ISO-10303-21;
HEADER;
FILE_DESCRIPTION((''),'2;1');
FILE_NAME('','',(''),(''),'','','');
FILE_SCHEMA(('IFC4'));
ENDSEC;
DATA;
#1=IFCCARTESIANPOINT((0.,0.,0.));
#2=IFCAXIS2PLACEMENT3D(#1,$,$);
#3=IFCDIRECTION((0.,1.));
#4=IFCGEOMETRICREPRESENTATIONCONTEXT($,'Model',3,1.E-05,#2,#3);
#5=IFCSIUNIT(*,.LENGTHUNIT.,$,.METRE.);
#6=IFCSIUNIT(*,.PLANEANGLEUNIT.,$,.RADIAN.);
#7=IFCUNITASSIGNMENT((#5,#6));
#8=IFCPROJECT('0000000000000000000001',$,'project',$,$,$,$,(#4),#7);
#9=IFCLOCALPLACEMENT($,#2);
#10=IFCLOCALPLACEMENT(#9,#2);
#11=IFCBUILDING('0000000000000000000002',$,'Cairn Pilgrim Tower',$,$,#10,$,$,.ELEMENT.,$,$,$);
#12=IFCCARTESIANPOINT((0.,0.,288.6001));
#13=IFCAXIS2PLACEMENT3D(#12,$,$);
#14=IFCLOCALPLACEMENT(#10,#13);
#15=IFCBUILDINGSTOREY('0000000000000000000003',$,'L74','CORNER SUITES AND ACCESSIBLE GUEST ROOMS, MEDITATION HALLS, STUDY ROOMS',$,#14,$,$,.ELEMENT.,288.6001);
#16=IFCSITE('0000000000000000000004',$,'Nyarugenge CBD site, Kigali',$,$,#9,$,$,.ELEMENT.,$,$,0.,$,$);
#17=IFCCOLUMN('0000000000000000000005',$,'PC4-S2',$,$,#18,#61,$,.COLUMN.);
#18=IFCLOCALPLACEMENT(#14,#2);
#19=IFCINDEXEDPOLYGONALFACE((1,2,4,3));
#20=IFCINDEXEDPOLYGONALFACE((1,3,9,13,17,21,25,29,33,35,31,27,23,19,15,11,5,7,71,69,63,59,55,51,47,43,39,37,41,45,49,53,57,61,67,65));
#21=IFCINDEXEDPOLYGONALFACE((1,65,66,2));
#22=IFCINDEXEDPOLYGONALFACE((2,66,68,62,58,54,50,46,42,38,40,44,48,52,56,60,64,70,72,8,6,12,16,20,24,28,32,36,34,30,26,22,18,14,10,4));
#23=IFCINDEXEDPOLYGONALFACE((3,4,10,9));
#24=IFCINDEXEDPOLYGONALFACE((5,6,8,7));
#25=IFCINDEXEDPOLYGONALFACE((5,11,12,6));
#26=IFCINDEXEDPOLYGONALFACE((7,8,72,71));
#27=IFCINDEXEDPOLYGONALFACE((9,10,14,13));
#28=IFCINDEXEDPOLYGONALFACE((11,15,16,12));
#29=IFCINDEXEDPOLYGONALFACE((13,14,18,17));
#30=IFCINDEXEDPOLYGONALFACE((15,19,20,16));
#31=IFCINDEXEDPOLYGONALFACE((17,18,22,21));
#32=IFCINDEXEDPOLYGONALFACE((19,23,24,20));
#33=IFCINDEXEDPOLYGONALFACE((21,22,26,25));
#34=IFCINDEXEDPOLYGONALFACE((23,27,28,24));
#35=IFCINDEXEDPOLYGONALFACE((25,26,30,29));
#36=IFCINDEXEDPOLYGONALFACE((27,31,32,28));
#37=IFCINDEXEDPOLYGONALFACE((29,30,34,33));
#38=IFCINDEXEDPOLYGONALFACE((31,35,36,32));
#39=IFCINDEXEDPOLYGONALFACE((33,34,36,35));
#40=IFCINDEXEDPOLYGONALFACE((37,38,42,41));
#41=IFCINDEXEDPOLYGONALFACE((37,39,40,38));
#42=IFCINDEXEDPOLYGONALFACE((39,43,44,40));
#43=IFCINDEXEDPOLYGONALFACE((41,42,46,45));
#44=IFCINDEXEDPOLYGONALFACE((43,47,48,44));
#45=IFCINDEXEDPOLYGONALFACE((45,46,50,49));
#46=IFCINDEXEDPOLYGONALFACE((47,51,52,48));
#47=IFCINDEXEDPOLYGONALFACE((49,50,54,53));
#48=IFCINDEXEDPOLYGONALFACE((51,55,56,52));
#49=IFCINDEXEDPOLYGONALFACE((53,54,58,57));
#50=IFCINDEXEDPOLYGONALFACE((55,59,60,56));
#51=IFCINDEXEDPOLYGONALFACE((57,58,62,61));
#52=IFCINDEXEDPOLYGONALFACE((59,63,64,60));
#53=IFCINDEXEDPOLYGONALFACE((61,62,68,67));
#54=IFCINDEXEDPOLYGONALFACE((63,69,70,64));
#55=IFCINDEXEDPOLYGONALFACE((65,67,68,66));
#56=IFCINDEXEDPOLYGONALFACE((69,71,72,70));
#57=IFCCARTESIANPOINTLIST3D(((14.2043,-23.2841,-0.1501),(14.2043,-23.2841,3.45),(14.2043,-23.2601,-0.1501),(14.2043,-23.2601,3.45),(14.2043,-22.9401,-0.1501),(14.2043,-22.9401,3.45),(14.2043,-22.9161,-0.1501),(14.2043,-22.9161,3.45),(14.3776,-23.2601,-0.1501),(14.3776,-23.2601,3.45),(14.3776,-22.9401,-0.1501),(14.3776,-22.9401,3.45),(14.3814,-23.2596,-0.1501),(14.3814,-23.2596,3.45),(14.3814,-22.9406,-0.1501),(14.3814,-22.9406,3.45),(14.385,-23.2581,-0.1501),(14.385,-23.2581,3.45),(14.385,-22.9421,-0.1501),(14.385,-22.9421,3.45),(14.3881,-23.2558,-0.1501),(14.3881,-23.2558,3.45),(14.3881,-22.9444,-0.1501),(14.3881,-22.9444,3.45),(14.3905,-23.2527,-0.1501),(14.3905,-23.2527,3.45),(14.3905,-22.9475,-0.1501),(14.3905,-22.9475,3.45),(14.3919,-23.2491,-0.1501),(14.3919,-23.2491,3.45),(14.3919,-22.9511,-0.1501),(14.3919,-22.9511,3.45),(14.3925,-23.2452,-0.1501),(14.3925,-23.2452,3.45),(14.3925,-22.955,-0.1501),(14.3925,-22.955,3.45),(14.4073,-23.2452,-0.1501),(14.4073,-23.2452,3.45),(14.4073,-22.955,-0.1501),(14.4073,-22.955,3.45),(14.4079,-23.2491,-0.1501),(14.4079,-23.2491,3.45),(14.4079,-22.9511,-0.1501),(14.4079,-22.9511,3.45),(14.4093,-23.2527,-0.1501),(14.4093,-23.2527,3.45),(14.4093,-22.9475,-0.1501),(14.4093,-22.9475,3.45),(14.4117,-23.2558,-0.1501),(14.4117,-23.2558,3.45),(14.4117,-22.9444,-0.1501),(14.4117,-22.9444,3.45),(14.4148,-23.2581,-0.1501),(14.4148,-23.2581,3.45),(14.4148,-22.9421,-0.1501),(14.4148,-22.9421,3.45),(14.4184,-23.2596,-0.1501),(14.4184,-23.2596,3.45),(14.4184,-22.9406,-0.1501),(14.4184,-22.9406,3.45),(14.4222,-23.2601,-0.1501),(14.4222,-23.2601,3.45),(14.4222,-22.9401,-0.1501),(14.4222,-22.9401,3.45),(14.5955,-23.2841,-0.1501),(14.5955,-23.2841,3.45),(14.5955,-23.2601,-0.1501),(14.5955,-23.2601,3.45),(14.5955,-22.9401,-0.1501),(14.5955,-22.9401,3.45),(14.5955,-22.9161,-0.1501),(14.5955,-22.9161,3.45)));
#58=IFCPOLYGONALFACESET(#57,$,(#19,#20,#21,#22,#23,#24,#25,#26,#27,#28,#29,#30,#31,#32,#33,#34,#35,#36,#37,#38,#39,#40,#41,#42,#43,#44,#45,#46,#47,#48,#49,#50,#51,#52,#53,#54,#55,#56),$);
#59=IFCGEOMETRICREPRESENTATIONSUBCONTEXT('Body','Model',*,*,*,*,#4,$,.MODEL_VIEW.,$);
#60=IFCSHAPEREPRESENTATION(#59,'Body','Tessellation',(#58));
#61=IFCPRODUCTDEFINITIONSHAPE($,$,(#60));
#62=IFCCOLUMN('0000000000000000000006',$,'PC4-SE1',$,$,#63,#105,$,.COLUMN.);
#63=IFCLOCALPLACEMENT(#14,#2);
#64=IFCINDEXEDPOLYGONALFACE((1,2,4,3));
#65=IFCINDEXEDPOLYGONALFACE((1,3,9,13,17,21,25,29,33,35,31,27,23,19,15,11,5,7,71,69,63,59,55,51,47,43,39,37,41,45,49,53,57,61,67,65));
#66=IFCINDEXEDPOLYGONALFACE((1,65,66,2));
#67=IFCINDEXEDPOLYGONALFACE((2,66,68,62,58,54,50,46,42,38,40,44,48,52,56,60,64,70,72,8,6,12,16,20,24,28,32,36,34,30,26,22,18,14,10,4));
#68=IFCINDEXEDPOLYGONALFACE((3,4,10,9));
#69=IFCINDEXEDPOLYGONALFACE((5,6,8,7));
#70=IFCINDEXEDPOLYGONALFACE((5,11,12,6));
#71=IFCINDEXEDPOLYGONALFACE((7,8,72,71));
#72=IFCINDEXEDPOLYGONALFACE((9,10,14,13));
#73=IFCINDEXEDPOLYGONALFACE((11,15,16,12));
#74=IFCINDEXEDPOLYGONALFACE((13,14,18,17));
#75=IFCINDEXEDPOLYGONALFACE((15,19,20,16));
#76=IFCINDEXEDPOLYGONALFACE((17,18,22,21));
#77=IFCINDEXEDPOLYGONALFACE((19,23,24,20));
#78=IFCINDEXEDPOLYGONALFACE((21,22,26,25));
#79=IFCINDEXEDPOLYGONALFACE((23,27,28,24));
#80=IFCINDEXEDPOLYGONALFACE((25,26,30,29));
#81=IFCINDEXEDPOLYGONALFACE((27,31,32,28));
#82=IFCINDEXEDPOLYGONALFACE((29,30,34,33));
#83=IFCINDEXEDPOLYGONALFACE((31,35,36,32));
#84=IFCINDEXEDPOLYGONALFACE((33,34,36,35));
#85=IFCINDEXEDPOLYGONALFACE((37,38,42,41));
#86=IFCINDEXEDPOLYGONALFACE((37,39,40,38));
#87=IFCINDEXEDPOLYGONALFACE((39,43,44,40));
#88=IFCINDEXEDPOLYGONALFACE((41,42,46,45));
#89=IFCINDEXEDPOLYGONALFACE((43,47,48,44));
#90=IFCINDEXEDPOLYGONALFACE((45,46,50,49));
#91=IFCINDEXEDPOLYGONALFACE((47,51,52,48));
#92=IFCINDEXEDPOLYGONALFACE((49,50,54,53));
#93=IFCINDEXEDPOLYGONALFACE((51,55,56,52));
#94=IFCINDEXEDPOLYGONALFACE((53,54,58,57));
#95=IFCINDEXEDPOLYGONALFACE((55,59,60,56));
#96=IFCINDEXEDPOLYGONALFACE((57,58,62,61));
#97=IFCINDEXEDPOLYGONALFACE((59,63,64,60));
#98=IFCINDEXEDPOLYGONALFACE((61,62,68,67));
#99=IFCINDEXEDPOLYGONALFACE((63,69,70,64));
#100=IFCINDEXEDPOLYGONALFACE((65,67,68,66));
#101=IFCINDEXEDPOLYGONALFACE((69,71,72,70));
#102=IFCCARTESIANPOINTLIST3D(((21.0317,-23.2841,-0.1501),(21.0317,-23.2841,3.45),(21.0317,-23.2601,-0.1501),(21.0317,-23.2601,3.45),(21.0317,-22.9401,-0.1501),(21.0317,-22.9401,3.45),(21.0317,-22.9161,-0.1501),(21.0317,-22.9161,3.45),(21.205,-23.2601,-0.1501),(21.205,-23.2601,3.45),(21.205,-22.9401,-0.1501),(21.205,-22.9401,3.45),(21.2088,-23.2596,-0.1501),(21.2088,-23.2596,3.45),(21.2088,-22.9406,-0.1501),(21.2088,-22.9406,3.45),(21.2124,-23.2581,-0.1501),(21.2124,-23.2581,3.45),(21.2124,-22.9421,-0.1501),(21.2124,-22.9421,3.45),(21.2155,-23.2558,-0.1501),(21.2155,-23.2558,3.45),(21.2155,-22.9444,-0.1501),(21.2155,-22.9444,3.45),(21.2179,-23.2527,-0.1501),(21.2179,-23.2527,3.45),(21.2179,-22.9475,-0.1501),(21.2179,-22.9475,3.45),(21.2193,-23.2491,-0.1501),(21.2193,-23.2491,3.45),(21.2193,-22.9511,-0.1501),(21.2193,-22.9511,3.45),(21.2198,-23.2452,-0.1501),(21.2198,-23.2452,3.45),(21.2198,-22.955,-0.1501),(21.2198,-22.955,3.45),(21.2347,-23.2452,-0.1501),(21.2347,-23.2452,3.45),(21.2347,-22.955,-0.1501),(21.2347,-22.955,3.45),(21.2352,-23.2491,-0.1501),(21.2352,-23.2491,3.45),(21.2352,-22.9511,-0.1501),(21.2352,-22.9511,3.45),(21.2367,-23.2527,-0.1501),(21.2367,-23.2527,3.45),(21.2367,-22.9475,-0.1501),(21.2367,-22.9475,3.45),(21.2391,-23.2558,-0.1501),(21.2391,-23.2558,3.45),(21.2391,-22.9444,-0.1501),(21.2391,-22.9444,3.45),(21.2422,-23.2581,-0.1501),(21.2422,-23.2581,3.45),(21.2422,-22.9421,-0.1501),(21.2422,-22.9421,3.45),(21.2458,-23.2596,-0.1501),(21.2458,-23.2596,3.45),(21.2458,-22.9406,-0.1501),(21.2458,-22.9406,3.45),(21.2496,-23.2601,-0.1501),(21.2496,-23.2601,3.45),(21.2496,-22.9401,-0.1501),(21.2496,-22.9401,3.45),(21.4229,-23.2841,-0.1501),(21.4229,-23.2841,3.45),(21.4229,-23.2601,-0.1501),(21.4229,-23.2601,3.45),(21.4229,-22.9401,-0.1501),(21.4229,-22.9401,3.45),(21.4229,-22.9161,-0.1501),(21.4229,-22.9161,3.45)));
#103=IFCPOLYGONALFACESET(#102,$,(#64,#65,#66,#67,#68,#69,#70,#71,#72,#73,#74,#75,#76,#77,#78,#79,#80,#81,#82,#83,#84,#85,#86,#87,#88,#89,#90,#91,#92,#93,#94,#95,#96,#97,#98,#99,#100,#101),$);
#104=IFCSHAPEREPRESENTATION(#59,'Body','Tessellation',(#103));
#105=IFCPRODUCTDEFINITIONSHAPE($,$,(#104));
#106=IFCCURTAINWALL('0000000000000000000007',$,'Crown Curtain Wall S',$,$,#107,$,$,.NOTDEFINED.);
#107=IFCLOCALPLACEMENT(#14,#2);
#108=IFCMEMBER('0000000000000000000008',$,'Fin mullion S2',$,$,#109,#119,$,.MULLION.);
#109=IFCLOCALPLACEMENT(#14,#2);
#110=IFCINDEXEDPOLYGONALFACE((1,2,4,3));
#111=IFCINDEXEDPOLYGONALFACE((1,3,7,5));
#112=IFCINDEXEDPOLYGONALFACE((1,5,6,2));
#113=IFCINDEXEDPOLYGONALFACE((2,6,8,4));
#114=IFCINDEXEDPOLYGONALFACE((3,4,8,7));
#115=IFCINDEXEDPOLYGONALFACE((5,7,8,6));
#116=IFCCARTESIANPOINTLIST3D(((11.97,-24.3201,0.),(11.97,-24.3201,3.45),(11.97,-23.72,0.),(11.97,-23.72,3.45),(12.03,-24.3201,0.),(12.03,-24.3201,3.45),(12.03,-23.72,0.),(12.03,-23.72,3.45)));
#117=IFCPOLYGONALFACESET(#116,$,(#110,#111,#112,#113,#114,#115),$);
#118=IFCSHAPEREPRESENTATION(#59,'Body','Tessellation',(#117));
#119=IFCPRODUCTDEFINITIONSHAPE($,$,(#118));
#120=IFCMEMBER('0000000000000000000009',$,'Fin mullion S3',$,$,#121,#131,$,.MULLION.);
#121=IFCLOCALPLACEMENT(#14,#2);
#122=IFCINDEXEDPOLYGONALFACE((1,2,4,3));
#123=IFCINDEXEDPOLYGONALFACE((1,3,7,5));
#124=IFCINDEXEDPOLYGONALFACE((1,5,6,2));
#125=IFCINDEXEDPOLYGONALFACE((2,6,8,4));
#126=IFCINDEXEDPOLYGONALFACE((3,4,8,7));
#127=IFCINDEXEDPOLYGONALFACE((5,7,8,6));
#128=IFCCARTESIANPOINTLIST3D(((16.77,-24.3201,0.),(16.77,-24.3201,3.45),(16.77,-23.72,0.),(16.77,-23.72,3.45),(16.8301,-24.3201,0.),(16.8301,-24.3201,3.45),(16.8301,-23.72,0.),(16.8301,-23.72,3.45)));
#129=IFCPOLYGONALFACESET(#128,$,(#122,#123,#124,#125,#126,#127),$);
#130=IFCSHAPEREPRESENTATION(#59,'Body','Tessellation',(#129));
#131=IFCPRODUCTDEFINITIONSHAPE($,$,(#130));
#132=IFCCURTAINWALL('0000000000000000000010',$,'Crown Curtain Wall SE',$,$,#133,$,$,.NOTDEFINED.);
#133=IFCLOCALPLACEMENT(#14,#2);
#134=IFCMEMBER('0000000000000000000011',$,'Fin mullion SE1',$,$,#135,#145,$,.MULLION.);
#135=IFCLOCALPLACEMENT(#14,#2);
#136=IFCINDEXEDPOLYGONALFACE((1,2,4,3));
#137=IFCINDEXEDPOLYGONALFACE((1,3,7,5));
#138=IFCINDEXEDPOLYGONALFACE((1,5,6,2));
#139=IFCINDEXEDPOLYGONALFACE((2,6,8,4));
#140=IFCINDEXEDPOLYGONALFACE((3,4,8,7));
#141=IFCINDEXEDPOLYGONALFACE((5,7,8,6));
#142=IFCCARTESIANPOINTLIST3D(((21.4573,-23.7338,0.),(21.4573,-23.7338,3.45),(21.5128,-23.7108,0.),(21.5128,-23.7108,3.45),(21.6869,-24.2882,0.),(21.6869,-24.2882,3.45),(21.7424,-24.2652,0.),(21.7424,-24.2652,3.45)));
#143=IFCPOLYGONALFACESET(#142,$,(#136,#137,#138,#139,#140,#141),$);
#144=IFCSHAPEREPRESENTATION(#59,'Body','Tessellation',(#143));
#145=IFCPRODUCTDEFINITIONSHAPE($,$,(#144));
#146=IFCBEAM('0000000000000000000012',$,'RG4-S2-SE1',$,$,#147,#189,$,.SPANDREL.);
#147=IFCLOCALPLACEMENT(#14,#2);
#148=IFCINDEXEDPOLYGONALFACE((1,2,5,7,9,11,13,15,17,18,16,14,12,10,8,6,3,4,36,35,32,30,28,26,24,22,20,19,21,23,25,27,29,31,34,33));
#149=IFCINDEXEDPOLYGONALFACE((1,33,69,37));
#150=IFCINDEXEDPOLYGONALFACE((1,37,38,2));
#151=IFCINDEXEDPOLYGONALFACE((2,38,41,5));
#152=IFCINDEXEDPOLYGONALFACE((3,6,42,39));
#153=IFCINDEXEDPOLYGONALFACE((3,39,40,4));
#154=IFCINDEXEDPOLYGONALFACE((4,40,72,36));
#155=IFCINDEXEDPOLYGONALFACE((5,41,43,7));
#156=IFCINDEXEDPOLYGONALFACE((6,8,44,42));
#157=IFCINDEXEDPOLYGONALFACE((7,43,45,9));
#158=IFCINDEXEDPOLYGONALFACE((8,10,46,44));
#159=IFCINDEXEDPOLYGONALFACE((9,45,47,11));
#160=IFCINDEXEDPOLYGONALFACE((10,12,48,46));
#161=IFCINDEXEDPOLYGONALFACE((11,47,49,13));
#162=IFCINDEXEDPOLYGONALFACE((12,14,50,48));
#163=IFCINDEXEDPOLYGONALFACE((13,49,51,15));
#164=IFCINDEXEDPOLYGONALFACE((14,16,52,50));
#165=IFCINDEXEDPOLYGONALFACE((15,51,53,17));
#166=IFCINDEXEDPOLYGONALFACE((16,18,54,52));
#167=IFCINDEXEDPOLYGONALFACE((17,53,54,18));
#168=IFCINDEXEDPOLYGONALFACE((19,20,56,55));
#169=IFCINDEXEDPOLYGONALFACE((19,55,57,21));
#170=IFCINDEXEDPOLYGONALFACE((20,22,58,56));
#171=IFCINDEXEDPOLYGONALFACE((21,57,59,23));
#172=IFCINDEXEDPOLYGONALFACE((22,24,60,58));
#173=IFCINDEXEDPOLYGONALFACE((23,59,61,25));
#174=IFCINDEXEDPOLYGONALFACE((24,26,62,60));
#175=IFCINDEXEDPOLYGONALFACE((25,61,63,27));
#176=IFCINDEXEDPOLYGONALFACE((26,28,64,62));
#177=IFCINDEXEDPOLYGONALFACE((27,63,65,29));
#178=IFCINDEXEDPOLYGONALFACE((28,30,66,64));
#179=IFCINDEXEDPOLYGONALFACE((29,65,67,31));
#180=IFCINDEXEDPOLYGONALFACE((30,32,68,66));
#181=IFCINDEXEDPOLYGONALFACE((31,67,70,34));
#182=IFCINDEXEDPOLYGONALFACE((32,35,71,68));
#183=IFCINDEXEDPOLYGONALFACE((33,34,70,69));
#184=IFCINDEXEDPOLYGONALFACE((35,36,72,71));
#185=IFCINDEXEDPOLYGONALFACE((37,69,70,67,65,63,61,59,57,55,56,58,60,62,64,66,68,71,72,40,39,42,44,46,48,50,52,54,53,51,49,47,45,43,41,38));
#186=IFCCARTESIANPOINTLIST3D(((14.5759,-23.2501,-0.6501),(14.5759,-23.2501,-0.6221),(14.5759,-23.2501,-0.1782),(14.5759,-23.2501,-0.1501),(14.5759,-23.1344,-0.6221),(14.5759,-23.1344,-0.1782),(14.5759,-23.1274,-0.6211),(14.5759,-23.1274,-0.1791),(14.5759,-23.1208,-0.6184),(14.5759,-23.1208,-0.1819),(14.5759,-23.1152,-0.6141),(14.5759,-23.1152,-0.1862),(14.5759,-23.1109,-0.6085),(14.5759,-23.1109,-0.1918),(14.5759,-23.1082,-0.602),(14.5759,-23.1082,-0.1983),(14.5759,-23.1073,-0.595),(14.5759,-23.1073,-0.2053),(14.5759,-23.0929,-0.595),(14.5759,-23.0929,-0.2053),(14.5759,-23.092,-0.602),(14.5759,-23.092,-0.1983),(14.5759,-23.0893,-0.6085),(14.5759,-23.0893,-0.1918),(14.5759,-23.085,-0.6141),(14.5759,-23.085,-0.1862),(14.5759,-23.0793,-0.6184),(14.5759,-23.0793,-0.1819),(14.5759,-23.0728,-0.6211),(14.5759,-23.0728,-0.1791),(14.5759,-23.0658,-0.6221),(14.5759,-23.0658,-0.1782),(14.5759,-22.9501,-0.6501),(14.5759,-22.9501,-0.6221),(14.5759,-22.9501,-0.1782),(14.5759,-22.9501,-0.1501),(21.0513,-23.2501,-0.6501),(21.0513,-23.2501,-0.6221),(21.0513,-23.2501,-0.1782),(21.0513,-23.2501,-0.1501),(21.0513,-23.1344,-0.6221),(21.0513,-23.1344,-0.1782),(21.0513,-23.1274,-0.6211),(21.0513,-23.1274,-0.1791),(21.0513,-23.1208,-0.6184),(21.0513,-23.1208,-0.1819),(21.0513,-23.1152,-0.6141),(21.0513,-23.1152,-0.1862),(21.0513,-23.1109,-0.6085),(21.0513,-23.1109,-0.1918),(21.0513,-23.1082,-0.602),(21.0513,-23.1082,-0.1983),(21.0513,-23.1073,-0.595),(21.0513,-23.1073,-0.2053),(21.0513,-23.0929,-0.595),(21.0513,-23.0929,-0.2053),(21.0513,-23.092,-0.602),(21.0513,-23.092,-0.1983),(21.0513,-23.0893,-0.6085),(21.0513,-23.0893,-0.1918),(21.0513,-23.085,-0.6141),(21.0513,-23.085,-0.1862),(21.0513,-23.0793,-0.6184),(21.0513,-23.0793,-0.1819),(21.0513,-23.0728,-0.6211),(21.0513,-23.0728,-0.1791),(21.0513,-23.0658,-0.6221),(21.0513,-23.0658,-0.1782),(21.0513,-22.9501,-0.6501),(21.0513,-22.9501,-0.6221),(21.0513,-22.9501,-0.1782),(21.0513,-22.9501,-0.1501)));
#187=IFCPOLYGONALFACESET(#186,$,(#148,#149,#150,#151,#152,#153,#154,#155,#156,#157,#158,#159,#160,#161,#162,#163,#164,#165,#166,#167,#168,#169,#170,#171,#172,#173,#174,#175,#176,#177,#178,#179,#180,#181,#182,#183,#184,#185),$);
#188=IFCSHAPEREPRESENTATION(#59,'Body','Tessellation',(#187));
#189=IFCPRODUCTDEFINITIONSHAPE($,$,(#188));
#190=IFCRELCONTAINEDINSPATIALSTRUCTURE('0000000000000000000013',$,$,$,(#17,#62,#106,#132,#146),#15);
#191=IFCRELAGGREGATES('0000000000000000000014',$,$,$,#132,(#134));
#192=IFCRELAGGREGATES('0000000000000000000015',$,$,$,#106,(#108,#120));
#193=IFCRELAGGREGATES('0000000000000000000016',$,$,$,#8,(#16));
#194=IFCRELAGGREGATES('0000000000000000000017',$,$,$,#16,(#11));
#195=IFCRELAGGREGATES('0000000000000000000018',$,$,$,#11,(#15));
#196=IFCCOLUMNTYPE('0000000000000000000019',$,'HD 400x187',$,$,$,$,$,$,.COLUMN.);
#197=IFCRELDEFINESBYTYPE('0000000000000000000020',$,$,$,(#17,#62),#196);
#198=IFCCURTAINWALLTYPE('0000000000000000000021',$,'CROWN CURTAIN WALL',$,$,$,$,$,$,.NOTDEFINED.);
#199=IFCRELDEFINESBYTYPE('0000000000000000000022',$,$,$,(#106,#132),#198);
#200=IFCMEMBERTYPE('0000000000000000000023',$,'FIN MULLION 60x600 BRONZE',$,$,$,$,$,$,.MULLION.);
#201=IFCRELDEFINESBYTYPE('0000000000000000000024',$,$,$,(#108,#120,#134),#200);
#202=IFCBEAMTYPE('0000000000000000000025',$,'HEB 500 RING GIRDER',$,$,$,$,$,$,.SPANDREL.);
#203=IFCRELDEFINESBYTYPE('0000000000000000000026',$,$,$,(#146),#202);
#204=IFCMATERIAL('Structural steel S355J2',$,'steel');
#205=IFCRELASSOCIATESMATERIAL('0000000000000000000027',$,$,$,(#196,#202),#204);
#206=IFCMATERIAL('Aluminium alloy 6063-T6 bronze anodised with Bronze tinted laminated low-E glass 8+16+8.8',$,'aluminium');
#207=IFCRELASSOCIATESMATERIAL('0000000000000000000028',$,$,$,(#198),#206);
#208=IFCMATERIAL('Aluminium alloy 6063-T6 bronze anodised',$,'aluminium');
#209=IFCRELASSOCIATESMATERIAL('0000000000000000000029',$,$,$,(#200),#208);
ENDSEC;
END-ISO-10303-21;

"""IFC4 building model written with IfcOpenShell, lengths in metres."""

from ifc_helpers import new_model, si_unit, direction, frame, origin, origin_2d, place, context, subcontext, project, spatial, rectangle, i_section, extrude, material, material_profile, profile_set, type_object, element, aggregate, save


model = new_model("IFC4")

# Units and contexts
model_context = context("Model", 3, precision=1e-05, world=origin(), true_north=direction((0.0, 1.0)))
body_context = subcontext(model_context, "Body", "Model", "MODEL_VIEW")
ifc_project = project(units=[si_unit("LENGTHUNIT", "METRE"), si_unit("PLANEANGLEUNIT", "RADIAN")], contexts=[model_context])

# Site, building, storey
site_placement = place(None, origin())
site = spatial("IfcSite", under=ifc_project, at=site_placement, Name="Nyarugenge CBD site, Kigali", CompositionType="ELEMENT", RefElevation=0.0)
building_placement = place(site_placement, origin())
building = spatial("IfcBuilding", under=site, at=building_placement, Name="Cairn Pilgrim Tower", CompositionType="ELEMENT")
storey_placement = place(building_placement, frame((0.0, 0.0, 288.6001)))
storey = spatial("IfcBuildingStorey", under=building, at=storey_placement, Name="L74", Description="CORNER SUITES AND ACCESSIBLE GUEST ROOMS, MEDITATION HALLS, STUDY ROOMS", CompositionType="ELEMENT", Elevation=288.6001)

# Columns
ifc_material_1 = material(Name="Structural steel S355J2", Category="steel")
ifc_material_profile_1 = material_profile(ifc_material_1, i_section(OverallWidth=0.3911, OverallDepth=0.3679, WebThickness=0.0149, FlangeThickness=0.0239, FilletRadius=0.0149, at=origin_2d()), Name="HD 400x187")
ifc_profile_set_1 = profile_set([ifc_material_profile_1], Name="Structural steel S355J2")
column_type = type_object("IfcColumnType", Name="HD 400x187", PredefinedType="COLUMN", material=ifc_profile_set_1)
for number, where, z_axis, x_axis, name in (
    (1, (14.3999, -23.1001, -0.1501), (0.0, 0.0, 1.0), (1.0, 0.0, 0.0), "PC4-S2"),
    (2, (21.2273, -23.1001, -0.1501), (0.0, 0.0, 1.0), (1.0, 0.0, 0.0), "PC4-SE1"),
):
    element("IfcColumn", number, at=place(storey_placement, frame(where, z_axis=z_axis, x_axis=x_axis)), inside=storey, type_object=column_type, Name=name, PredefinedType="COLUMN", context=body_context, shape_type="SweptSolid", body=[
        extrude(i_section(OverallWidth=0.3911, OverallDepth=0.3679, WebThickness=0.0149, FlangeThickness=0.0239, FilletRadius=0.0149, at=origin_2d()), origin(), (0.0, 0.0, 1.0), 3.6001),
    ])

# Curtain wall, members
ifc_material_2 = material(Name="Aluminium alloy 6063-T6 bronze anodised with Bronze tinted laminated low-E glass 8+16+8.8", Category="aluminium")
curtain_wall_type = type_object("IfcCurtainWallType", Name="CROWN CURTAIN WALL", PredefinedType="NOTDEFINED", material=ifc_material_2)
curtain_wall_1_placement = place(storey_placement, origin())
curtain_wall_1 = element("IfcCurtainWall", 3, at=curtain_wall_1_placement, inside=storey, type_object=curtain_wall_type, Name="Crown Curtain Wall S", PredefinedType="NOTDEFINED")
ifc_material_3 = material(Name="Aluminium alloy 6063-T6 bronze anodised", Category="aluminium")
ifc_material_profile_2 = material_profile(ifc_material_3, rectangle(XDim=0.6001, YDim=0.0601, at=origin_2d()), Name="FIN MULLION 60x600 BRONZE")
ifc_profile_set_2 = profile_set([ifc_material_profile_2], Name="Aluminium alloy 6063-T6 bronze anodised")
member_type_1 = type_object("IfcMemberType", Name="FIN MULLION 60x600 BRONZE", PredefinedType="MULLION", material=ifc_profile_set_2)
member_1_placement = place(storey_placement, frame((12.0, -24.02, 0.0), z_axis=(0.0, 0.0, 1.0), x_axis=(0.0, -1.0, 0.0)))
member_1 = element("IfcMember", 4, at=member_1_placement, type_object=member_type_1, Name="Fin mullion S2", PredefinedType="MULLION", context=body_context, shape_type="SweptSolid", body=[
    extrude(rectangle(XDim=0.6001, YDim=0.0601, at=origin_2d()), origin(), (0.0, 0.0, 1.0), 3.45),
])
member_2_placement = place(storey_placement, frame((16.8, -24.02, 0.0), z_axis=(0.0, 0.0, 1.0), x_axis=(0.0, -1.0, 0.0)))
member_2 = element("IfcMember", 5, at=member_2_placement, type_object=member_type_1, Name="Fin mullion S3", PredefinedType="MULLION", context=body_context, shape_type="SweptSolid", body=[
    extrude(rectangle(XDim=0.6001, YDim=0.0601, at=origin_2d()), origin(), (0.0, 0.0, 1.0), 3.45),
])

# Curtain wall, member
curtain_wall_2_placement = place(storey_placement, origin())
curtain_wall_2 = element("IfcCurtainWall", 6, at=curtain_wall_2_placement, inside=storey, type_object=curtain_wall_type, Name="Crown Curtain Wall SE", PredefinedType="NOTDEFINED")
member_3_placement = place(storey_placement, frame((21.5999, -23.9995, 0.0), z_axis=(0.0, 0.0, 1.0), x_axis=(0.382683, -0.92388, 0.0)))
member_3 = element("IfcMember", 7, at=member_3_placement, type_object=member_type_1, Name="Fin mullion SE1", PredefinedType="MULLION", context=body_context, shape_type="SweptSolid", body=[
    extrude(rectangle(XDim=0.6001, YDim=0.0601, at=origin_2d()), origin(), (0.0, 0.0, 1.0), 3.45),
])

# Beam
ifc_material_profile_3 = material_profile(ifc_material_1, i_section(OverallWidth=0.3, OverallDepth=0.5, WebThickness=0.0144, FlangeThickness=0.0281, FilletRadius=0.0271, at=origin_2d()), Name="HEB 500")
ifc_profile_set_3 = profile_set([ifc_material_profile_3], Name="Structural steel S355J2")
beam_type_1 = type_object("IfcBeamType", Name="HEB 500 RING GIRDER", PredefinedType="SPANDREL", material=ifc_profile_set_3)
beam_1_placement = place(storey_placement, frame((14.5759, -23.1001, -0.4001), z_axis=(1.0, 0.0, 0.0), x_axis=(0.0, 1.0, 0.0)))
element("IfcBeam", 8, at=beam_1_placement, inside=storey, type_object=beam_type_1, Name="RG4-S2-SE1", PredefinedType="SPANDREL", context=body_context, shape_type="SweptSolid", body=[
    extrude(i_section(OverallWidth=0.3, OverallDepth=0.5, WebThickness=0.0144, FlangeThickness=0.0281, FilletRadius=0.0271, at=origin_2d()), origin(), (0.0, 0.0, 1.0), 6.4753),
])

aggregate(curtain_wall_2, [member_3])
aggregate(curtain_wall_1, [member_1, member_2])

save(model, "model.ifc")
